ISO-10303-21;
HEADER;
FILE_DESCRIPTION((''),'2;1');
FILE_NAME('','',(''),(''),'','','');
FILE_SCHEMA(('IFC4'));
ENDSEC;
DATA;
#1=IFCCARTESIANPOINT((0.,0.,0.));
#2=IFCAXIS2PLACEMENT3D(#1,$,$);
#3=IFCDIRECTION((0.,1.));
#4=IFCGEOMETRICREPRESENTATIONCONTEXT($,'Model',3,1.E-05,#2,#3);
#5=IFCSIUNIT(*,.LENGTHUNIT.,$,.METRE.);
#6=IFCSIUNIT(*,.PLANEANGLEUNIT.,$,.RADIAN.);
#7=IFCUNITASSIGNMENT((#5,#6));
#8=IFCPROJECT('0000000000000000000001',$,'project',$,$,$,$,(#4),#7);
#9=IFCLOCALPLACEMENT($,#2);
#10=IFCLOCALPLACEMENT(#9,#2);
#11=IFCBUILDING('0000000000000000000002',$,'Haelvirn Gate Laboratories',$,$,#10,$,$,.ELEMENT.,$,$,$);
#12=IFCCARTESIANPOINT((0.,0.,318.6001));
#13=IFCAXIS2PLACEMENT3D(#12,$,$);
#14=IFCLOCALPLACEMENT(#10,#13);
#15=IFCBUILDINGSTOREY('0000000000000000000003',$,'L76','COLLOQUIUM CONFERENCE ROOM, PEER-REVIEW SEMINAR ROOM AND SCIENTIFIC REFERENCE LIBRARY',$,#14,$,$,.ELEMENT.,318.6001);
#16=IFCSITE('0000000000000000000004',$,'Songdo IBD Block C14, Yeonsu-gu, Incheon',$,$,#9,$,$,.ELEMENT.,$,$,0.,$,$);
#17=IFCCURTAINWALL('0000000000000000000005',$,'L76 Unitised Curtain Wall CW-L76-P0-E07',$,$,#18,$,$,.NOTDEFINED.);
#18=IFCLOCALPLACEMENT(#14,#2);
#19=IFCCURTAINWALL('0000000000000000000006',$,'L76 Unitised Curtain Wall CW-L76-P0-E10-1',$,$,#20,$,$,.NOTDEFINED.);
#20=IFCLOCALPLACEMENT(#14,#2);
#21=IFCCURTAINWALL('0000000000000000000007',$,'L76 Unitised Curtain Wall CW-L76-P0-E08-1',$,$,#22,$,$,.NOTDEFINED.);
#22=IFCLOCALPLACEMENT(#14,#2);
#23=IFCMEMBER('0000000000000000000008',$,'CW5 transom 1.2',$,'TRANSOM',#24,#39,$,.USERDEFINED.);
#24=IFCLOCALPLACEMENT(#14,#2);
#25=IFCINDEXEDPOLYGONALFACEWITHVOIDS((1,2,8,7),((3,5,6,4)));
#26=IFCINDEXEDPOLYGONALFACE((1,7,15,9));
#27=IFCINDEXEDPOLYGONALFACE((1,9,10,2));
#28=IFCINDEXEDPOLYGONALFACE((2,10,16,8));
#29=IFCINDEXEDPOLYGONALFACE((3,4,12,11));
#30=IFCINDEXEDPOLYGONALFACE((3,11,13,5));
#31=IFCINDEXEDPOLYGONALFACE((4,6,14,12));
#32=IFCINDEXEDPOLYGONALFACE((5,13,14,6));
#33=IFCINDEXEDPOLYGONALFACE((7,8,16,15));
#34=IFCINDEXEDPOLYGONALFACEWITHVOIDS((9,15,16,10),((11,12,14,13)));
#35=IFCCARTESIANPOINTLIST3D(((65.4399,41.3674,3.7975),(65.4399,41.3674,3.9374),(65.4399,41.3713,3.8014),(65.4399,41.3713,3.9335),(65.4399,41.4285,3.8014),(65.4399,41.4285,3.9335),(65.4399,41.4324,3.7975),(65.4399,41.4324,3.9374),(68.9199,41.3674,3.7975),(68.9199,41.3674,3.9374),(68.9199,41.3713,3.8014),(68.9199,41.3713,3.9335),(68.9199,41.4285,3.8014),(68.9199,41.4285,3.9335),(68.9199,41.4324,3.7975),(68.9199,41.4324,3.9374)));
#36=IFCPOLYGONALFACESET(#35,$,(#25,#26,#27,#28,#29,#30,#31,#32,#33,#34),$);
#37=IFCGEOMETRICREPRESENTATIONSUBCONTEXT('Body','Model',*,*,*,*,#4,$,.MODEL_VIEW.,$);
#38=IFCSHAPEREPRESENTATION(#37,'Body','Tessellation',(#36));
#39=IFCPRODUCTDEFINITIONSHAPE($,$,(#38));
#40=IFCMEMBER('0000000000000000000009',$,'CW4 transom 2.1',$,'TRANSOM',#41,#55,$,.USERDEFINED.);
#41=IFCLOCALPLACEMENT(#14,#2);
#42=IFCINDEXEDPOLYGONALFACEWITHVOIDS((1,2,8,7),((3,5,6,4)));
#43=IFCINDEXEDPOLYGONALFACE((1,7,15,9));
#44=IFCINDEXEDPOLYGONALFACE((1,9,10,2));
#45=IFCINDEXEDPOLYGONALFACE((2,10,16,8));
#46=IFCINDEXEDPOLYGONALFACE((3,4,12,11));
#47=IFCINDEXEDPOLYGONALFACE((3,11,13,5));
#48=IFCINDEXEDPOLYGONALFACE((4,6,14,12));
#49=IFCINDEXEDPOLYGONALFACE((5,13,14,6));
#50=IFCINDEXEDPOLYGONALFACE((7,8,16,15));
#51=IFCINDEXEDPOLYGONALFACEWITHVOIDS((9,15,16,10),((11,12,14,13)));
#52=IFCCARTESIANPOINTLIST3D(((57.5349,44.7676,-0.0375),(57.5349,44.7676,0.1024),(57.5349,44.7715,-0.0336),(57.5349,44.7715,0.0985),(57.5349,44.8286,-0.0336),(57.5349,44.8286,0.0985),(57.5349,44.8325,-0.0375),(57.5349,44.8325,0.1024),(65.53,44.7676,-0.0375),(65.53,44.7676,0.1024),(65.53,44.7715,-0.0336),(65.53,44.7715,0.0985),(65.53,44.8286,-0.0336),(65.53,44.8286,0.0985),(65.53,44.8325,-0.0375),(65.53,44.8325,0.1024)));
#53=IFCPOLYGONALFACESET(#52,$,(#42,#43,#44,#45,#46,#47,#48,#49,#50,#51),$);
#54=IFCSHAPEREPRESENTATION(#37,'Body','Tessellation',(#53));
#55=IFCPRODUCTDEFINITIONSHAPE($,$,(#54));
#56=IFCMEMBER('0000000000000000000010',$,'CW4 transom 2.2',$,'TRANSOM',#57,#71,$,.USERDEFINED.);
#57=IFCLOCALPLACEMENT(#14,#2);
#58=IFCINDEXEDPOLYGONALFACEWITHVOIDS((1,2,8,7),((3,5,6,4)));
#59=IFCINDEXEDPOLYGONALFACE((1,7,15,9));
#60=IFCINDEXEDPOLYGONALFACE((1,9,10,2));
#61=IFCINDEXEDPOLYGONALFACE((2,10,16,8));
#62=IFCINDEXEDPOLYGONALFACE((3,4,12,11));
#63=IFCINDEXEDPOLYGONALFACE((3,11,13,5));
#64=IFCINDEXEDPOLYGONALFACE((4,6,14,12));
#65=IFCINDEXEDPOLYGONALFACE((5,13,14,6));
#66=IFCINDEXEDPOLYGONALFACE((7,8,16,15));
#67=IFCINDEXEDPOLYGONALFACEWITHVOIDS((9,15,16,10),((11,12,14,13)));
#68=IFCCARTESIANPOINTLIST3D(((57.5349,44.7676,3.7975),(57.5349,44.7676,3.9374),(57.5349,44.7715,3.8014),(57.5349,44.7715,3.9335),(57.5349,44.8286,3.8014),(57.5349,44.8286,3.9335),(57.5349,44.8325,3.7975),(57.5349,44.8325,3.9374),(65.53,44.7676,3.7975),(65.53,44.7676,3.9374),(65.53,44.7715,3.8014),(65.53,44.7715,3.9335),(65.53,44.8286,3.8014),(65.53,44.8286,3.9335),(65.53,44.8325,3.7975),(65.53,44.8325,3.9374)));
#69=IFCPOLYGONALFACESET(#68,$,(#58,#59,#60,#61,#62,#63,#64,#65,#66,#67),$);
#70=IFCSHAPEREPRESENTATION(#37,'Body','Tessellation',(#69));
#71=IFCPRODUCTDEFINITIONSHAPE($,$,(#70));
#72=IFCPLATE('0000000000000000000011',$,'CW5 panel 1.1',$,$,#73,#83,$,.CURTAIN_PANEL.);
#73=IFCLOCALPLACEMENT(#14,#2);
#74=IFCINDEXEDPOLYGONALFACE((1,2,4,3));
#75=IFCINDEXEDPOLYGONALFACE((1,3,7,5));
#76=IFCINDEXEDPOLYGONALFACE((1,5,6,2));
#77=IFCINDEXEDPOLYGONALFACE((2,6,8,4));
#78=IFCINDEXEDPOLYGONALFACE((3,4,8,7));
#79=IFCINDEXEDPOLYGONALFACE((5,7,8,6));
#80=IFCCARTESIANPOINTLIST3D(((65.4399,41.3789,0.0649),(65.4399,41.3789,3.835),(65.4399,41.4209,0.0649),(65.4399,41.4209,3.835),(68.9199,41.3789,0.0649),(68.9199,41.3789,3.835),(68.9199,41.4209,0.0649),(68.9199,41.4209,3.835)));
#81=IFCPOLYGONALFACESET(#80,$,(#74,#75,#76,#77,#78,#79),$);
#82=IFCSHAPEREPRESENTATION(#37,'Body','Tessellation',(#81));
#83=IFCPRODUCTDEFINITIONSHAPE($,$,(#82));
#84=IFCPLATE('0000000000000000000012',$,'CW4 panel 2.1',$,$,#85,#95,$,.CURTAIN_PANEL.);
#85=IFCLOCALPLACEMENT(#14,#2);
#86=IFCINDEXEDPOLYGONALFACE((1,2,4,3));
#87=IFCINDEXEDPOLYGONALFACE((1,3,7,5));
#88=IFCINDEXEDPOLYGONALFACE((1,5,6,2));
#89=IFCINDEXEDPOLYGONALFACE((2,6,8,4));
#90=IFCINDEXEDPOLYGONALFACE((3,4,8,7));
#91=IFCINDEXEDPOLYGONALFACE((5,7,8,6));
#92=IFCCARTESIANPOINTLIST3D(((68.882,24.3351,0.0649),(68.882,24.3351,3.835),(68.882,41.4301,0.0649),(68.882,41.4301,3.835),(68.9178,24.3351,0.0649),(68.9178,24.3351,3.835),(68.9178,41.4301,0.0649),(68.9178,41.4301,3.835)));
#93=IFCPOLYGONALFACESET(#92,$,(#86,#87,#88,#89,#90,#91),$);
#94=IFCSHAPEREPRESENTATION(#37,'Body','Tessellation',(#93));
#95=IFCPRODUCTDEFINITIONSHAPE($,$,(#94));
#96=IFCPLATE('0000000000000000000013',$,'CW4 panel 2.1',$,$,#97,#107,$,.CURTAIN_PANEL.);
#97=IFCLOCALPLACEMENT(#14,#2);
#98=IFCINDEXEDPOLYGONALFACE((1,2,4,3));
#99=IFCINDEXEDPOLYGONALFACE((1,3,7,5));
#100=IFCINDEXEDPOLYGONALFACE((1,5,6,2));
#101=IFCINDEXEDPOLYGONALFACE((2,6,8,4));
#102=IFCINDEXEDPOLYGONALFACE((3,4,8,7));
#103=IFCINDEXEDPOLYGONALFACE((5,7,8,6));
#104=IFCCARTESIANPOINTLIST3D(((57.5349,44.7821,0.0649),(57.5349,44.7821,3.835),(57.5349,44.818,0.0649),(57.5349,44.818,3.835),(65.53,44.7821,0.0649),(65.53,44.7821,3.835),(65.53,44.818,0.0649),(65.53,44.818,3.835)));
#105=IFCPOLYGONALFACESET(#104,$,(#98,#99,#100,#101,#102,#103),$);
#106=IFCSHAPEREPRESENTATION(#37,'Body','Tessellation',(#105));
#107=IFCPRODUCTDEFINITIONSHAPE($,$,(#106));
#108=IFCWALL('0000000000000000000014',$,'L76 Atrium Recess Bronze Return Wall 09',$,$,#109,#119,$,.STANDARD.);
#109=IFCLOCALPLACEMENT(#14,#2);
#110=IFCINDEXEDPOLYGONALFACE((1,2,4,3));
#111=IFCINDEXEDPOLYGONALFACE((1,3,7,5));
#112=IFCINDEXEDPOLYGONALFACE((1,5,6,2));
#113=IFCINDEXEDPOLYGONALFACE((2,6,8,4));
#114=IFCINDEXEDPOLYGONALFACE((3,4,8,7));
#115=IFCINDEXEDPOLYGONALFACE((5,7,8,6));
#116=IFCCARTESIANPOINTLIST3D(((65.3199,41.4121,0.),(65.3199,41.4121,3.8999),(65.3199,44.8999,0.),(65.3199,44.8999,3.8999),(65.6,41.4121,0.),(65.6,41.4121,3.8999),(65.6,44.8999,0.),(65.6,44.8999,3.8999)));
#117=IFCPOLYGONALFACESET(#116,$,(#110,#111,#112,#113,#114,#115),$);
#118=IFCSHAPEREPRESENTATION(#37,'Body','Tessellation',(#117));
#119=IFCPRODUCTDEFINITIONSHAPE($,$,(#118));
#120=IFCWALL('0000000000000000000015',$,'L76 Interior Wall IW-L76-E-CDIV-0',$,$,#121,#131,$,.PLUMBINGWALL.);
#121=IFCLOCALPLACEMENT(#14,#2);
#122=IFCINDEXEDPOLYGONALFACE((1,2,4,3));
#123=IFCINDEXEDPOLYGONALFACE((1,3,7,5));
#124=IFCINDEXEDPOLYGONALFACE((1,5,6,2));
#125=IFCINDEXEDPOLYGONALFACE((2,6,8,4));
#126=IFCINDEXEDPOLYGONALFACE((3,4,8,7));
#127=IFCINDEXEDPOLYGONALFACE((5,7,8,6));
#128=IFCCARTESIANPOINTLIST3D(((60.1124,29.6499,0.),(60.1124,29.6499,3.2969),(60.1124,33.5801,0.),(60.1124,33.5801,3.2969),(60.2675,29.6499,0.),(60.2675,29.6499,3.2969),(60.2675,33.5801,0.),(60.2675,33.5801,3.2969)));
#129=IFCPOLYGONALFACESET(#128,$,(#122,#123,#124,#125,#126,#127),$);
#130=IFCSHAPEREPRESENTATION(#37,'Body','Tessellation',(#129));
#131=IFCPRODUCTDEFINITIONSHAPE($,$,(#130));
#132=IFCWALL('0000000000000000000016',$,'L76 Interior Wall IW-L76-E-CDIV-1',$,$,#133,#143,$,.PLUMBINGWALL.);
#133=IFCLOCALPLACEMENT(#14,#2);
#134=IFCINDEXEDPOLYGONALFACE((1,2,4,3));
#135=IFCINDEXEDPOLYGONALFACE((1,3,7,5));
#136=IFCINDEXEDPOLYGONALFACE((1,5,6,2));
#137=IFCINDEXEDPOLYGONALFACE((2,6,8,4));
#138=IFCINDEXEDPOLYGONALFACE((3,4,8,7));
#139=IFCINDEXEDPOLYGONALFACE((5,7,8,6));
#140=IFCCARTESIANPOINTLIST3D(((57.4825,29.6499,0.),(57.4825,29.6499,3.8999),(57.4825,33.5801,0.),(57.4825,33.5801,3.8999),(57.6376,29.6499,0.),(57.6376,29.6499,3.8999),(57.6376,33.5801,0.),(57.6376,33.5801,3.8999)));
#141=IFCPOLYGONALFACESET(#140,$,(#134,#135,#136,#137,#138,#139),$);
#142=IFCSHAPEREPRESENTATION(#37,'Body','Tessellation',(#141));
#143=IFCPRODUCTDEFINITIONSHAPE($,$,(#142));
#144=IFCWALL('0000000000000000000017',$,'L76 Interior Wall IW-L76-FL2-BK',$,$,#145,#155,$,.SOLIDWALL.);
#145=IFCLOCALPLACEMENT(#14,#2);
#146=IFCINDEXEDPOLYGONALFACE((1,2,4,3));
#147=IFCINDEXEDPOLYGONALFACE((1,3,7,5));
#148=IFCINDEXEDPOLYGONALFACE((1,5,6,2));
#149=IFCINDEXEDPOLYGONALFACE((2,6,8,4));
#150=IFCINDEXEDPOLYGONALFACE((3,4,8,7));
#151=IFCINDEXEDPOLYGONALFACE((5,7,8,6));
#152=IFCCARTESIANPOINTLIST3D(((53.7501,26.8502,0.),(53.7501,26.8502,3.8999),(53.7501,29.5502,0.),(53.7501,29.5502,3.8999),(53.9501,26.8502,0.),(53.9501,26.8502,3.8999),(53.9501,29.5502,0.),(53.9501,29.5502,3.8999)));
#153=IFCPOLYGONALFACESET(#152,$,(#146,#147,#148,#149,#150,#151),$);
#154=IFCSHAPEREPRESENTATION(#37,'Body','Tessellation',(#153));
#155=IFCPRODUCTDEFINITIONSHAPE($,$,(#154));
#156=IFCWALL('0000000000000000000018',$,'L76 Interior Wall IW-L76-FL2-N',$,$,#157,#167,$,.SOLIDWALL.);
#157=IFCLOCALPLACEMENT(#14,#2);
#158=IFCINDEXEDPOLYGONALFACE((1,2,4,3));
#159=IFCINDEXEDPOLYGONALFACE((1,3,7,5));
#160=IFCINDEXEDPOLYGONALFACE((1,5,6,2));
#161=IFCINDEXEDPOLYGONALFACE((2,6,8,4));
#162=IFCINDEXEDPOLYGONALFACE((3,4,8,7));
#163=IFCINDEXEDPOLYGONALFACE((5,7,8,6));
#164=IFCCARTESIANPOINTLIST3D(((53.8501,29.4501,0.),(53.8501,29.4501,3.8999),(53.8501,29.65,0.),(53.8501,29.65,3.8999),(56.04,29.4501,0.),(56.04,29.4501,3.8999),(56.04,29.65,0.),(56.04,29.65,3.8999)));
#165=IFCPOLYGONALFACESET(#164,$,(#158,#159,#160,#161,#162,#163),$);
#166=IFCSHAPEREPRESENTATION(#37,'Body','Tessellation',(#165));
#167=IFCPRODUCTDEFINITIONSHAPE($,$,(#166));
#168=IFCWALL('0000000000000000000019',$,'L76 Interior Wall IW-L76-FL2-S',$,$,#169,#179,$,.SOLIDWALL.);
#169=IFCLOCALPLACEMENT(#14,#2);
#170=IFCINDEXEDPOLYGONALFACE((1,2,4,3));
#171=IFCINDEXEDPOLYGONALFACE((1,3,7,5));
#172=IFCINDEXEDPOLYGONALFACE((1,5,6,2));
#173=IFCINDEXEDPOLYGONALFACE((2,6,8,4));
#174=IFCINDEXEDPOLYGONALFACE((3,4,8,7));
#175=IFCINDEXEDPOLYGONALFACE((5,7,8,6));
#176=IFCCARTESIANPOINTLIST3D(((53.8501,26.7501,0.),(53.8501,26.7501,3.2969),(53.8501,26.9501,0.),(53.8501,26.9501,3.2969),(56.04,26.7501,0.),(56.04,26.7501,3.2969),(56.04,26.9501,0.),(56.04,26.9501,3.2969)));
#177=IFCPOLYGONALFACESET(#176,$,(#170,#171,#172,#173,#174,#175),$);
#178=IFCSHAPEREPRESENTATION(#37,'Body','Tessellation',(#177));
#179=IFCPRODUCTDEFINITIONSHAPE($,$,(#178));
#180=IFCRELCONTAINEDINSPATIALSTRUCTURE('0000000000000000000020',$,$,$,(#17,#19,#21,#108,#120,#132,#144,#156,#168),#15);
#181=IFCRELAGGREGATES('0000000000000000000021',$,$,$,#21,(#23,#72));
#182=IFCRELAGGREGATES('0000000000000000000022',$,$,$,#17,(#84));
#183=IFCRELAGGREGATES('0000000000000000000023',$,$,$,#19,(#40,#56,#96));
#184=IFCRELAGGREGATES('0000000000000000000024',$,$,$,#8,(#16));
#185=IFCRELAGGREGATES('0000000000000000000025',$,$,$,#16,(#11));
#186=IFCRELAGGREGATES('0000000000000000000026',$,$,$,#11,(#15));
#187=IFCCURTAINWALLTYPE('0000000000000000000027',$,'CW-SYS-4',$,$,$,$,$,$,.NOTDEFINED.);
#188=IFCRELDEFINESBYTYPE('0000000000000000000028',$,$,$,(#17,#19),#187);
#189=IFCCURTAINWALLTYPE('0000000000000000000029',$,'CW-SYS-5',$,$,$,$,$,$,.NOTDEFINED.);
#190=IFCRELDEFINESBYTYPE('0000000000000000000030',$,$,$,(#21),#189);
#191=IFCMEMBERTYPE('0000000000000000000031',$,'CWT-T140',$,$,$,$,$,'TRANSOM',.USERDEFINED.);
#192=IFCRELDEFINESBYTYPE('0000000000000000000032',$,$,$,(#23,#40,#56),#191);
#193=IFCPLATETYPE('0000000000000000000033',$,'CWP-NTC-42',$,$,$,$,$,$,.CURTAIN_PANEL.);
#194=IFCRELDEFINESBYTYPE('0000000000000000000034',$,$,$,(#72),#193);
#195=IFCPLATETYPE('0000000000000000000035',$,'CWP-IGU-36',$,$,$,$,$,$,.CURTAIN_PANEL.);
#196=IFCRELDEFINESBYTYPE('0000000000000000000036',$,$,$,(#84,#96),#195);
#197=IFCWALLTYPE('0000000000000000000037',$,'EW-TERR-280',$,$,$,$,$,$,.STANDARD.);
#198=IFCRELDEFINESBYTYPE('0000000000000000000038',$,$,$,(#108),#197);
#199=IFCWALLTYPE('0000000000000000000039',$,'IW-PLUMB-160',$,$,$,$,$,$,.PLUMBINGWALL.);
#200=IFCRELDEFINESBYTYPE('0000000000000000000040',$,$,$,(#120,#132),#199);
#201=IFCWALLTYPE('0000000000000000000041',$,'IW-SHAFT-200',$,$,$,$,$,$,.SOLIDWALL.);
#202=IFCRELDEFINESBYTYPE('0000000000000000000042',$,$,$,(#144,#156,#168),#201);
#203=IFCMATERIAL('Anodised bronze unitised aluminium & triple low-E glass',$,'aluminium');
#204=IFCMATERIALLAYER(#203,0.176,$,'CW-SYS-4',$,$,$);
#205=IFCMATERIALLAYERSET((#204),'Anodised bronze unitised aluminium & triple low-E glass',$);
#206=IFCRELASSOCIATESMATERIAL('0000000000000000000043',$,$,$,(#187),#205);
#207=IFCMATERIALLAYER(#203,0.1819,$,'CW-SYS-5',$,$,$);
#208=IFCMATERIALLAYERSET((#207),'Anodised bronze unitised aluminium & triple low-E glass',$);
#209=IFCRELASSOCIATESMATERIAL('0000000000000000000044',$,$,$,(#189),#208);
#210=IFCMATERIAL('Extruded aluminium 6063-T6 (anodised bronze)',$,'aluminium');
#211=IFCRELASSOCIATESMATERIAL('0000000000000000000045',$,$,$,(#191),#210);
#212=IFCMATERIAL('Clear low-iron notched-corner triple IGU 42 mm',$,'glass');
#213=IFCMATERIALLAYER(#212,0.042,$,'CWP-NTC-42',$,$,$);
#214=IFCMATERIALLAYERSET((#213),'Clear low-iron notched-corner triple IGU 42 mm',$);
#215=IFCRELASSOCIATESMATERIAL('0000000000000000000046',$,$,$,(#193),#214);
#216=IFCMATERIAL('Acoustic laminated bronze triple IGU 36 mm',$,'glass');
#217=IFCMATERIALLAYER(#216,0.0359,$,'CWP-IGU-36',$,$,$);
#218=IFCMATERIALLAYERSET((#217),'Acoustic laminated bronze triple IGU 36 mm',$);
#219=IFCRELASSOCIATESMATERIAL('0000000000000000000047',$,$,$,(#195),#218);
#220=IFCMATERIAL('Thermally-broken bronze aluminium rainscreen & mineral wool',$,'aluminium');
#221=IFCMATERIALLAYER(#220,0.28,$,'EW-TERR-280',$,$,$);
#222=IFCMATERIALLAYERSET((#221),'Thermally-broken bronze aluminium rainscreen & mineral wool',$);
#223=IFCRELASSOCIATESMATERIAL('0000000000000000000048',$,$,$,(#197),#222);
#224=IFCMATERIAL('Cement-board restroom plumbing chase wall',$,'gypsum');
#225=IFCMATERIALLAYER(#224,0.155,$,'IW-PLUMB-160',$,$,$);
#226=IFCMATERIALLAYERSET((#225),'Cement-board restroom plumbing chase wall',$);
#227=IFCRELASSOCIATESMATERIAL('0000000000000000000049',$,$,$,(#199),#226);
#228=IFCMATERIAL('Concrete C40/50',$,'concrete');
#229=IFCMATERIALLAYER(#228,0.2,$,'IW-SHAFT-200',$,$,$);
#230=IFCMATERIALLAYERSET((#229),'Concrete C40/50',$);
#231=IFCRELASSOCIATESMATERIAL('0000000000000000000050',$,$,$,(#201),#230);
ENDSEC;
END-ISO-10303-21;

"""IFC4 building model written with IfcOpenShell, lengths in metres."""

from ifc_helpers import new_model, si_unit, direction, frame, frame_2d, origin, origin_2d, place, context, subcontext, project, spatial, rectangle, hollow_rectangle, extrude, source, transform, mapped, material, layer, layer_set, material_profile, profile_set, type_object, type_shapes, element, aggregate, save


model = new_model("IFC4")

# Units and contexts
model_context = context("Model", 3, precision=1e-05, world=origin(), true_north=direction((0.0, 1.0)))
body_context = subcontext(model_context, "Body", "Model", "MODEL_VIEW")
ifc_project = project(units=[si_unit("LENGTHUNIT", "METRE"), si_unit("PLANEANGLEUNIT", "RADIAN")], contexts=[model_context])

# Site, building, storey
site_placement = place(None, origin())
site = spatial("IfcSite", under=ifc_project, at=site_placement, Name="Songdo IBD Block C14, Yeonsu-gu, Incheon", CompositionType="ELEMENT", RefElevation=0.0)
building_placement = place(site_placement, origin())
building = spatial("IfcBuilding", under=site, at=building_placement, Name="Haelvirn Gate Laboratories", CompositionType="ELEMENT")
storey_placement = place(building_placement, frame((0.0, 0.0, 318.6001)))
storey = spatial("IfcBuildingStorey", under=building, at=storey_placement, Name="L76", Description="COLLOQUIUM CONFERENCE ROOM, PEER-REVIEW SEMINAR ROOM AND SCIENTIFIC REFERENCE LIBRARY", CompositionType="ELEMENT", Elevation=318.6001)

# Curtain wall
ifc_material_1 = material(Name="Anodised bronze unitised aluminium & triple low-E glass", Category="aluminium")
ifc_layer_1 = layer(ifc_material_1, 0.176, Name="CW-SYS-4")
ifc_layer_set_1 = layer_set([ifc_layer_1], Name="Anodised bronze unitised aluminium & triple low-E glass")
curtain_wall_type_1 = type_object("IfcCurtainWallType", Name="CW-SYS-4", PredefinedType="NOTDEFINED", material=ifc_layer_set_1)
curtain_wall_1_placement = place(storey_placement, origin())
curtain_wall_1 = element("IfcCurtainWall", 1, at=curtain_wall_1_placement, inside=storey, type_object=curtain_wall_type_1, Name="L76 Unitised Curtain Wall CW-L76-P0-E07", PredefinedType="NOTDEFINED")
ifc_material_2 = material(Name="Extruded aluminium 6063-T6 (anodised bronze)", Category="aluminium")

# Curtain walls, member
curtain_wall_2_placement = place(storey_placement, origin())
curtain_wall_2 = element("IfcCurtainWall", 2, at=curtain_wall_2_placement, inside=storey, type_object=curtain_wall_type_1, Name="L76 Unitised Curtain Wall CW-L76-P0-E10-1", PredefinedType="NOTDEFINED")
ifc_layer_2 = layer(ifc_material_1, 0.1819, Name="CW-SYS-5")
ifc_layer_set_2 = layer_set([ifc_layer_2], Name="Anodised bronze unitised aluminium & triple low-E glass")
curtain_wall_type_2 = type_object("IfcCurtainWallType", Name="CW-SYS-5", PredefinedType="NOTDEFINED", material=ifc_layer_set_2)
curtain_wall_3_placement = place(storey_placement, origin())
curtain_wall_3 = element("IfcCurtainWall", 3, at=curtain_wall_3_placement, inside=storey, type_object=curtain_wall_type_2, Name="L76 Unitised Curtain Wall CW-L76-P0-E08-1", PredefinedType="NOTDEFINED")
ifc_material_profile_1 = material_profile(ifc_material_2, hollow_rectangle(XDim=0.0649, YDim=0.1399, WallThickness=0.0039, at=origin_2d()), Name="CWT-140x65x4")
ifc_profile_set_1 = profile_set([ifc_material_profile_1], Name="Extruded aluminium 6063-T6 (anodised bronze)")
member_type_1 = type_object("IfcMemberType", Name="CWT-T140", ElementType="TRANSOM", PredefinedType="USERDEFINED", material=ifc_profile_set_1)
shared_shape_1 = source(origin(), body_context, "Body", "SweptSolid", [
    extrude(hollow_rectangle(XDim=0.0649, YDim=0.1399, WallThickness=0.0039, at=origin_2d()), origin(), (0.0, 0.0, 1.0), 3.48),
])
member_1_placement = place(storey_placement, frame((65.4399, 41.3999, 3.8674), z_axis=(1.0, 0.0, 0.0), x_axis=(0.0, 1.0, 0.0)))
member_1 = element("IfcMember", 4, at=member_1_placement, type_object=member_type_1, Name="CW5 transom 1.2", ObjectType="TRANSOM", PredefinedType="USERDEFINED", context=body_context, shape_type="MappedRepresentation", body=[
    mapped(shared_shape_1, transform((0.0, 0.0, 0.0), scale=1.0)),
])

# Members
shared_shape_2 = source(origin(), body_context, "Body", "SweptSolid", [
    extrude(hollow_rectangle(XDim=0.0649, YDim=0.1399, WallThickness=0.0039, at=origin_2d()), origin(), (0.0, 0.0, 1.0), 7.9951),
])
type_shapes(member_type_1, [shared_shape_1, shared_shape_2])
member_2_placement = place(storey_placement, frame((57.5349, 44.8, 0.0325), z_axis=(1.0, 0.0, 0.0), x_axis=(0.0, 1.0, 0.0)))
member_2 = element("IfcMember", 5, at=member_2_placement, type_object=member_type_1, Name="CW4 transom 2.1", ObjectType="TRANSOM", PredefinedType="USERDEFINED", context=body_context, shape_type="MappedRepresentation", body=[
    mapped(shared_shape_2, transform((0.0, 0.0, 0.0), scale=1.0)),
])
member_3_placement = place(storey_placement, frame((57.5349, 44.8, 3.8674), z_axis=(1.0, 0.0, 0.0), x_axis=(0.0, 1.0, 0.0)))
member_3 = element("IfcMember", 6, at=member_3_placement, type_object=member_type_1, Name="CW4 transom 2.2", ObjectType="TRANSOM", PredefinedType="USERDEFINED", context=body_context, shape_type="MappedRepresentation", body=[
    mapped(shared_shape_2, transform((0.0, 0.0, 0.0), scale=1.0)),
])

# Plates
ifc_material_3 = material(Name="Clear low-iron notched-corner triple IGU 42 mm", Category="glass")
ifc_layer_3 = layer(ifc_material_3, 0.042, Name="CWP-NTC-42")
ifc_layer_set_3 = layer_set([ifc_layer_3], Name="Clear low-iron notched-corner triple IGU 42 mm")
plate_type_1 = type_object("IfcPlateType", Name="CWP-NTC-42", PredefinedType="CURTAIN_PANEL", material=ifc_layer_set_3)
shared_shape_3 = source(origin(), body_context, "Body", "SweptSolid", [
    extrude(rectangle(XDim=3.48, YDim=0.042, at=origin_2d()), origin(), (0.0, 0.0, 1.0), 3.77),
])
type_shapes(plate_type_1, [shared_shape_3])
plate_1_placement = place(storey_placement, frame((67.1799, 41.3999, 0.0649), z_axis=(0.0, 0.0, 1.0), x_axis=(1.0, 0.0, 0.0)))
plate_1 = element("IfcPlate", 7, at=plate_1_placement, type_object=plate_type_1, Name="CW5 panel 1.1", PredefinedType="CURTAIN_PANEL", context=body_context, shape_type="MappedRepresentation", body=[
    mapped(shared_shape_3, transform((0.0, 0.0, 0.0), scale=1.0)),
])
aggregate(curtain_wall_3, [member_1, plate_1])
ifc_material_4 = material(Name="Acoustic laminated bronze triple IGU 36 mm", Category="glass")
ifc_layer_4 = layer(ifc_material_4, 0.0359, Name="CWP-IGU-36")
ifc_layer_set_4 = layer_set([ifc_layer_4], Name="Acoustic laminated bronze triple IGU 36 mm")
plate_type_2 = type_object("IfcPlateType", Name="CWP-IGU-36", PredefinedType="CURTAIN_PANEL", material=ifc_layer_set_4)
shared_shape_4 = source(origin(), body_context, "Body", "SweptSolid", [
    extrude(rectangle(XDim=17.095, YDim=0.0359, at=origin_2d()), origin(), (0.0, 0.0, 1.0), 3.77),
])
plate_2_placement = place(storey_placement, frame((68.8999, 32.8826, 0.0649), z_axis=(0.0, 0.0, 1.0), x_axis=(0.0, 1.0, 0.0)))
plate_2 = element("IfcPlate", 8, at=plate_2_placement, type_object=plate_type_2, Name="CW4 panel 2.1", PredefinedType="CURTAIN_PANEL", context=body_context, shape_type="MappedRepresentation", body=[
    mapped(shared_shape_4, transform((0.0, 0.0, 0.0), scale=1.0)),
])
aggregate(curtain_wall_1, [plate_2])
shared_shape_5 = source(origin(), body_context, "Body", "SweptSolid", [
    extrude(rectangle(XDim=7.9951, YDim=0.0359, at=origin_2d()), origin(), (0.0, 0.0, 1.0), 3.77),
])
type_shapes(plate_type_2, [shared_shape_4, shared_shape_5])
plate_3_placement = place(storey_placement, frame((61.5325, 44.8, 0.0649), z_axis=(0.0, 0.0, 1.0), x_axis=(1.0, 0.0, 0.0)))
plate_3 = element("IfcPlate", 9, at=plate_3_placement, type_object=plate_type_2, Name="CW4 panel 2.1", PredefinedType="CURTAIN_PANEL", context=body_context, shape_type="MappedRepresentation", body=[
    mapped(shared_shape_5, transform((0.0, 0.0, 0.0), scale=1.0)),
])
aggregate(curtain_wall_2, [member_2, member_3, plate_3])

# Walls
ifc_material_5 = material(Name="Thermally-broken bronze aluminium rainscreen & mineral wool", Category="aluminium")
ifc_layer_5 = layer(ifc_material_5, 0.28, Name="EW-TERR-280")
ifc_layer_set_5 = layer_set([ifc_layer_5], Name="Thermally-broken bronze aluminium rainscreen & mineral wool")
wall_type_1 = type_object("IfcWallType", Name="EW-TERR-280", PredefinedType="STANDARD", material=ifc_layer_set_5)
wall_1_placement = place(storey_placement, frame((65.46, 41.4121, 0.0), z_axis=(0.0, 0.0, 1.0), x_axis=(0.0, 1.0, 0.0)))
element("IfcWall", 10, at=wall_1_placement, inside=storey, type_object=wall_type_1, Name="L76 Atrium Recess Bronze Return Wall 09", PredefinedType="STANDARD", context=body_context, shape_type="SweptSolid", body=[
    extrude(rectangle(XDim=3.4878, YDim=0.28, at=frame_2d((1.7439, 0.0))), origin(), (0.0, 0.0, 1.0), 3.8999),
])
ifc_material_6 = material(Name="Cement-board restroom plumbing chase wall", Category="gypsum")
ifc_layer_6 = layer(ifc_material_6, 0.155, Name="IW-PLUMB-160")
ifc_layer_set_6 = layer_set([ifc_layer_6], Name="Cement-board restroom plumbing chase wall")
wall_type_2 = type_object("IfcWallType", Name="IW-PLUMB-160", PredefinedType="PLUMBINGWALL", material=ifc_layer_set_6)
wall_2_placement = place(storey_placement, frame((60.1899, 29.6499, 0.0), z_axis=(0.0, 0.0, 1.0), x_axis=(0.0, 1.0, 0.0)))
element("IfcWall", 11, at=wall_2_placement, inside=storey, type_object=wall_type_2, Name="L76 Interior Wall IW-L76-E-CDIV-0", PredefinedType="PLUMBINGWALL", context=body_context, shape_type="SweptSolid", body=[
    extrude(rectangle(XDim=3.9302, YDim=0.155, at=frame_2d((1.9651, 0.0))), origin(), (0.0, 0.0, 1.0), 3.2969),
])
wall_3_placement = place(storey_placement, frame((57.5601, 29.6499, 0.0), z_axis=(0.0, 0.0, 1.0), x_axis=(0.0, 1.0, 0.0)))
element("IfcWall", 12, at=wall_3_placement, inside=storey, type_object=wall_type_2, Name="L76 Interior Wall IW-L76-E-CDIV-1", PredefinedType="PLUMBINGWALL", context=body_context, shape_type="SweptSolid", body=[
    extrude(rectangle(XDim=3.9302, YDim=0.155, at=frame_2d((1.9651, 0.0))), origin(), (0.0, 0.0, 1.0), 3.8999),
])
ifc_material_7 = material(Name="Concrete C40/50", Category="concrete")
ifc_layer_7 = layer(ifc_material_7, 0.2, Name="IW-SHAFT-200")
ifc_layer_set_7 = layer_set([ifc_layer_7], Name="Concrete C40/50")
wall_type_3 = type_object("IfcWallType", Name="IW-SHAFT-200", PredefinedType="SOLIDWALL", material=ifc_layer_set_7)
wall_4_placement = place(storey_placement, frame((53.8501, 26.8501, 0.0), z_axis=(0.0, 0.0, 1.0), x_axis=(0.0, 1.0, 0.0)))
element("IfcWall", 13, at=wall_4_placement, inside=storey, type_object=wall_type_3, Name="L76 Interior Wall IW-L76-FL2-BK", PredefinedType="SOLIDWALL", context=body_context, shape_type="SweptSolid", body=[
    extrude(rectangle(XDim=2.7, YDim=0.2, at=frame_2d((1.3501, 0.0))), origin(), (0.0, 0.0, 1.0), 3.8999),
])
wall_5_placement = place(storey_placement, frame((53.8501, 29.55, 0.0), z_axis=(0.0, 0.0, 1.0), x_axis=(1.0, 0.0, 0.0)))
element("IfcWall", 14, at=wall_5_placement, inside=storey, type_object=wall_type_3, Name="L76 Interior Wall IW-L76-FL2-N", PredefinedType="SOLIDWALL", context=body_context, shape_type="SweptSolid", body=[
    extrude(rectangle(XDim=2.1899, YDim=0.2, at=frame_2d((1.095, 0.0))), origin(), (0.0, 0.0, 1.0), 3.8999),
])
wall_6_placement = place(storey_placement, frame((53.8501, 26.8501, 0.0), z_axis=(0.0, 0.0, 1.0), x_axis=(1.0, 0.0, 0.0)))
element("IfcWall", 15, at=wall_6_placement, inside=storey, type_object=wall_type_3, Name="L76 Interior Wall IW-L76-FL2-S", PredefinedType="SOLIDWALL", context=body_context, shape_type="SweptSolid", body=[
    extrude(rectangle(XDim=2.1899, YDim=0.2, at=frame_2d((1.095, 0.0))), origin(), (0.0, 0.0, 1.0), 3.2969),
])

save(model, "model.ifc")
